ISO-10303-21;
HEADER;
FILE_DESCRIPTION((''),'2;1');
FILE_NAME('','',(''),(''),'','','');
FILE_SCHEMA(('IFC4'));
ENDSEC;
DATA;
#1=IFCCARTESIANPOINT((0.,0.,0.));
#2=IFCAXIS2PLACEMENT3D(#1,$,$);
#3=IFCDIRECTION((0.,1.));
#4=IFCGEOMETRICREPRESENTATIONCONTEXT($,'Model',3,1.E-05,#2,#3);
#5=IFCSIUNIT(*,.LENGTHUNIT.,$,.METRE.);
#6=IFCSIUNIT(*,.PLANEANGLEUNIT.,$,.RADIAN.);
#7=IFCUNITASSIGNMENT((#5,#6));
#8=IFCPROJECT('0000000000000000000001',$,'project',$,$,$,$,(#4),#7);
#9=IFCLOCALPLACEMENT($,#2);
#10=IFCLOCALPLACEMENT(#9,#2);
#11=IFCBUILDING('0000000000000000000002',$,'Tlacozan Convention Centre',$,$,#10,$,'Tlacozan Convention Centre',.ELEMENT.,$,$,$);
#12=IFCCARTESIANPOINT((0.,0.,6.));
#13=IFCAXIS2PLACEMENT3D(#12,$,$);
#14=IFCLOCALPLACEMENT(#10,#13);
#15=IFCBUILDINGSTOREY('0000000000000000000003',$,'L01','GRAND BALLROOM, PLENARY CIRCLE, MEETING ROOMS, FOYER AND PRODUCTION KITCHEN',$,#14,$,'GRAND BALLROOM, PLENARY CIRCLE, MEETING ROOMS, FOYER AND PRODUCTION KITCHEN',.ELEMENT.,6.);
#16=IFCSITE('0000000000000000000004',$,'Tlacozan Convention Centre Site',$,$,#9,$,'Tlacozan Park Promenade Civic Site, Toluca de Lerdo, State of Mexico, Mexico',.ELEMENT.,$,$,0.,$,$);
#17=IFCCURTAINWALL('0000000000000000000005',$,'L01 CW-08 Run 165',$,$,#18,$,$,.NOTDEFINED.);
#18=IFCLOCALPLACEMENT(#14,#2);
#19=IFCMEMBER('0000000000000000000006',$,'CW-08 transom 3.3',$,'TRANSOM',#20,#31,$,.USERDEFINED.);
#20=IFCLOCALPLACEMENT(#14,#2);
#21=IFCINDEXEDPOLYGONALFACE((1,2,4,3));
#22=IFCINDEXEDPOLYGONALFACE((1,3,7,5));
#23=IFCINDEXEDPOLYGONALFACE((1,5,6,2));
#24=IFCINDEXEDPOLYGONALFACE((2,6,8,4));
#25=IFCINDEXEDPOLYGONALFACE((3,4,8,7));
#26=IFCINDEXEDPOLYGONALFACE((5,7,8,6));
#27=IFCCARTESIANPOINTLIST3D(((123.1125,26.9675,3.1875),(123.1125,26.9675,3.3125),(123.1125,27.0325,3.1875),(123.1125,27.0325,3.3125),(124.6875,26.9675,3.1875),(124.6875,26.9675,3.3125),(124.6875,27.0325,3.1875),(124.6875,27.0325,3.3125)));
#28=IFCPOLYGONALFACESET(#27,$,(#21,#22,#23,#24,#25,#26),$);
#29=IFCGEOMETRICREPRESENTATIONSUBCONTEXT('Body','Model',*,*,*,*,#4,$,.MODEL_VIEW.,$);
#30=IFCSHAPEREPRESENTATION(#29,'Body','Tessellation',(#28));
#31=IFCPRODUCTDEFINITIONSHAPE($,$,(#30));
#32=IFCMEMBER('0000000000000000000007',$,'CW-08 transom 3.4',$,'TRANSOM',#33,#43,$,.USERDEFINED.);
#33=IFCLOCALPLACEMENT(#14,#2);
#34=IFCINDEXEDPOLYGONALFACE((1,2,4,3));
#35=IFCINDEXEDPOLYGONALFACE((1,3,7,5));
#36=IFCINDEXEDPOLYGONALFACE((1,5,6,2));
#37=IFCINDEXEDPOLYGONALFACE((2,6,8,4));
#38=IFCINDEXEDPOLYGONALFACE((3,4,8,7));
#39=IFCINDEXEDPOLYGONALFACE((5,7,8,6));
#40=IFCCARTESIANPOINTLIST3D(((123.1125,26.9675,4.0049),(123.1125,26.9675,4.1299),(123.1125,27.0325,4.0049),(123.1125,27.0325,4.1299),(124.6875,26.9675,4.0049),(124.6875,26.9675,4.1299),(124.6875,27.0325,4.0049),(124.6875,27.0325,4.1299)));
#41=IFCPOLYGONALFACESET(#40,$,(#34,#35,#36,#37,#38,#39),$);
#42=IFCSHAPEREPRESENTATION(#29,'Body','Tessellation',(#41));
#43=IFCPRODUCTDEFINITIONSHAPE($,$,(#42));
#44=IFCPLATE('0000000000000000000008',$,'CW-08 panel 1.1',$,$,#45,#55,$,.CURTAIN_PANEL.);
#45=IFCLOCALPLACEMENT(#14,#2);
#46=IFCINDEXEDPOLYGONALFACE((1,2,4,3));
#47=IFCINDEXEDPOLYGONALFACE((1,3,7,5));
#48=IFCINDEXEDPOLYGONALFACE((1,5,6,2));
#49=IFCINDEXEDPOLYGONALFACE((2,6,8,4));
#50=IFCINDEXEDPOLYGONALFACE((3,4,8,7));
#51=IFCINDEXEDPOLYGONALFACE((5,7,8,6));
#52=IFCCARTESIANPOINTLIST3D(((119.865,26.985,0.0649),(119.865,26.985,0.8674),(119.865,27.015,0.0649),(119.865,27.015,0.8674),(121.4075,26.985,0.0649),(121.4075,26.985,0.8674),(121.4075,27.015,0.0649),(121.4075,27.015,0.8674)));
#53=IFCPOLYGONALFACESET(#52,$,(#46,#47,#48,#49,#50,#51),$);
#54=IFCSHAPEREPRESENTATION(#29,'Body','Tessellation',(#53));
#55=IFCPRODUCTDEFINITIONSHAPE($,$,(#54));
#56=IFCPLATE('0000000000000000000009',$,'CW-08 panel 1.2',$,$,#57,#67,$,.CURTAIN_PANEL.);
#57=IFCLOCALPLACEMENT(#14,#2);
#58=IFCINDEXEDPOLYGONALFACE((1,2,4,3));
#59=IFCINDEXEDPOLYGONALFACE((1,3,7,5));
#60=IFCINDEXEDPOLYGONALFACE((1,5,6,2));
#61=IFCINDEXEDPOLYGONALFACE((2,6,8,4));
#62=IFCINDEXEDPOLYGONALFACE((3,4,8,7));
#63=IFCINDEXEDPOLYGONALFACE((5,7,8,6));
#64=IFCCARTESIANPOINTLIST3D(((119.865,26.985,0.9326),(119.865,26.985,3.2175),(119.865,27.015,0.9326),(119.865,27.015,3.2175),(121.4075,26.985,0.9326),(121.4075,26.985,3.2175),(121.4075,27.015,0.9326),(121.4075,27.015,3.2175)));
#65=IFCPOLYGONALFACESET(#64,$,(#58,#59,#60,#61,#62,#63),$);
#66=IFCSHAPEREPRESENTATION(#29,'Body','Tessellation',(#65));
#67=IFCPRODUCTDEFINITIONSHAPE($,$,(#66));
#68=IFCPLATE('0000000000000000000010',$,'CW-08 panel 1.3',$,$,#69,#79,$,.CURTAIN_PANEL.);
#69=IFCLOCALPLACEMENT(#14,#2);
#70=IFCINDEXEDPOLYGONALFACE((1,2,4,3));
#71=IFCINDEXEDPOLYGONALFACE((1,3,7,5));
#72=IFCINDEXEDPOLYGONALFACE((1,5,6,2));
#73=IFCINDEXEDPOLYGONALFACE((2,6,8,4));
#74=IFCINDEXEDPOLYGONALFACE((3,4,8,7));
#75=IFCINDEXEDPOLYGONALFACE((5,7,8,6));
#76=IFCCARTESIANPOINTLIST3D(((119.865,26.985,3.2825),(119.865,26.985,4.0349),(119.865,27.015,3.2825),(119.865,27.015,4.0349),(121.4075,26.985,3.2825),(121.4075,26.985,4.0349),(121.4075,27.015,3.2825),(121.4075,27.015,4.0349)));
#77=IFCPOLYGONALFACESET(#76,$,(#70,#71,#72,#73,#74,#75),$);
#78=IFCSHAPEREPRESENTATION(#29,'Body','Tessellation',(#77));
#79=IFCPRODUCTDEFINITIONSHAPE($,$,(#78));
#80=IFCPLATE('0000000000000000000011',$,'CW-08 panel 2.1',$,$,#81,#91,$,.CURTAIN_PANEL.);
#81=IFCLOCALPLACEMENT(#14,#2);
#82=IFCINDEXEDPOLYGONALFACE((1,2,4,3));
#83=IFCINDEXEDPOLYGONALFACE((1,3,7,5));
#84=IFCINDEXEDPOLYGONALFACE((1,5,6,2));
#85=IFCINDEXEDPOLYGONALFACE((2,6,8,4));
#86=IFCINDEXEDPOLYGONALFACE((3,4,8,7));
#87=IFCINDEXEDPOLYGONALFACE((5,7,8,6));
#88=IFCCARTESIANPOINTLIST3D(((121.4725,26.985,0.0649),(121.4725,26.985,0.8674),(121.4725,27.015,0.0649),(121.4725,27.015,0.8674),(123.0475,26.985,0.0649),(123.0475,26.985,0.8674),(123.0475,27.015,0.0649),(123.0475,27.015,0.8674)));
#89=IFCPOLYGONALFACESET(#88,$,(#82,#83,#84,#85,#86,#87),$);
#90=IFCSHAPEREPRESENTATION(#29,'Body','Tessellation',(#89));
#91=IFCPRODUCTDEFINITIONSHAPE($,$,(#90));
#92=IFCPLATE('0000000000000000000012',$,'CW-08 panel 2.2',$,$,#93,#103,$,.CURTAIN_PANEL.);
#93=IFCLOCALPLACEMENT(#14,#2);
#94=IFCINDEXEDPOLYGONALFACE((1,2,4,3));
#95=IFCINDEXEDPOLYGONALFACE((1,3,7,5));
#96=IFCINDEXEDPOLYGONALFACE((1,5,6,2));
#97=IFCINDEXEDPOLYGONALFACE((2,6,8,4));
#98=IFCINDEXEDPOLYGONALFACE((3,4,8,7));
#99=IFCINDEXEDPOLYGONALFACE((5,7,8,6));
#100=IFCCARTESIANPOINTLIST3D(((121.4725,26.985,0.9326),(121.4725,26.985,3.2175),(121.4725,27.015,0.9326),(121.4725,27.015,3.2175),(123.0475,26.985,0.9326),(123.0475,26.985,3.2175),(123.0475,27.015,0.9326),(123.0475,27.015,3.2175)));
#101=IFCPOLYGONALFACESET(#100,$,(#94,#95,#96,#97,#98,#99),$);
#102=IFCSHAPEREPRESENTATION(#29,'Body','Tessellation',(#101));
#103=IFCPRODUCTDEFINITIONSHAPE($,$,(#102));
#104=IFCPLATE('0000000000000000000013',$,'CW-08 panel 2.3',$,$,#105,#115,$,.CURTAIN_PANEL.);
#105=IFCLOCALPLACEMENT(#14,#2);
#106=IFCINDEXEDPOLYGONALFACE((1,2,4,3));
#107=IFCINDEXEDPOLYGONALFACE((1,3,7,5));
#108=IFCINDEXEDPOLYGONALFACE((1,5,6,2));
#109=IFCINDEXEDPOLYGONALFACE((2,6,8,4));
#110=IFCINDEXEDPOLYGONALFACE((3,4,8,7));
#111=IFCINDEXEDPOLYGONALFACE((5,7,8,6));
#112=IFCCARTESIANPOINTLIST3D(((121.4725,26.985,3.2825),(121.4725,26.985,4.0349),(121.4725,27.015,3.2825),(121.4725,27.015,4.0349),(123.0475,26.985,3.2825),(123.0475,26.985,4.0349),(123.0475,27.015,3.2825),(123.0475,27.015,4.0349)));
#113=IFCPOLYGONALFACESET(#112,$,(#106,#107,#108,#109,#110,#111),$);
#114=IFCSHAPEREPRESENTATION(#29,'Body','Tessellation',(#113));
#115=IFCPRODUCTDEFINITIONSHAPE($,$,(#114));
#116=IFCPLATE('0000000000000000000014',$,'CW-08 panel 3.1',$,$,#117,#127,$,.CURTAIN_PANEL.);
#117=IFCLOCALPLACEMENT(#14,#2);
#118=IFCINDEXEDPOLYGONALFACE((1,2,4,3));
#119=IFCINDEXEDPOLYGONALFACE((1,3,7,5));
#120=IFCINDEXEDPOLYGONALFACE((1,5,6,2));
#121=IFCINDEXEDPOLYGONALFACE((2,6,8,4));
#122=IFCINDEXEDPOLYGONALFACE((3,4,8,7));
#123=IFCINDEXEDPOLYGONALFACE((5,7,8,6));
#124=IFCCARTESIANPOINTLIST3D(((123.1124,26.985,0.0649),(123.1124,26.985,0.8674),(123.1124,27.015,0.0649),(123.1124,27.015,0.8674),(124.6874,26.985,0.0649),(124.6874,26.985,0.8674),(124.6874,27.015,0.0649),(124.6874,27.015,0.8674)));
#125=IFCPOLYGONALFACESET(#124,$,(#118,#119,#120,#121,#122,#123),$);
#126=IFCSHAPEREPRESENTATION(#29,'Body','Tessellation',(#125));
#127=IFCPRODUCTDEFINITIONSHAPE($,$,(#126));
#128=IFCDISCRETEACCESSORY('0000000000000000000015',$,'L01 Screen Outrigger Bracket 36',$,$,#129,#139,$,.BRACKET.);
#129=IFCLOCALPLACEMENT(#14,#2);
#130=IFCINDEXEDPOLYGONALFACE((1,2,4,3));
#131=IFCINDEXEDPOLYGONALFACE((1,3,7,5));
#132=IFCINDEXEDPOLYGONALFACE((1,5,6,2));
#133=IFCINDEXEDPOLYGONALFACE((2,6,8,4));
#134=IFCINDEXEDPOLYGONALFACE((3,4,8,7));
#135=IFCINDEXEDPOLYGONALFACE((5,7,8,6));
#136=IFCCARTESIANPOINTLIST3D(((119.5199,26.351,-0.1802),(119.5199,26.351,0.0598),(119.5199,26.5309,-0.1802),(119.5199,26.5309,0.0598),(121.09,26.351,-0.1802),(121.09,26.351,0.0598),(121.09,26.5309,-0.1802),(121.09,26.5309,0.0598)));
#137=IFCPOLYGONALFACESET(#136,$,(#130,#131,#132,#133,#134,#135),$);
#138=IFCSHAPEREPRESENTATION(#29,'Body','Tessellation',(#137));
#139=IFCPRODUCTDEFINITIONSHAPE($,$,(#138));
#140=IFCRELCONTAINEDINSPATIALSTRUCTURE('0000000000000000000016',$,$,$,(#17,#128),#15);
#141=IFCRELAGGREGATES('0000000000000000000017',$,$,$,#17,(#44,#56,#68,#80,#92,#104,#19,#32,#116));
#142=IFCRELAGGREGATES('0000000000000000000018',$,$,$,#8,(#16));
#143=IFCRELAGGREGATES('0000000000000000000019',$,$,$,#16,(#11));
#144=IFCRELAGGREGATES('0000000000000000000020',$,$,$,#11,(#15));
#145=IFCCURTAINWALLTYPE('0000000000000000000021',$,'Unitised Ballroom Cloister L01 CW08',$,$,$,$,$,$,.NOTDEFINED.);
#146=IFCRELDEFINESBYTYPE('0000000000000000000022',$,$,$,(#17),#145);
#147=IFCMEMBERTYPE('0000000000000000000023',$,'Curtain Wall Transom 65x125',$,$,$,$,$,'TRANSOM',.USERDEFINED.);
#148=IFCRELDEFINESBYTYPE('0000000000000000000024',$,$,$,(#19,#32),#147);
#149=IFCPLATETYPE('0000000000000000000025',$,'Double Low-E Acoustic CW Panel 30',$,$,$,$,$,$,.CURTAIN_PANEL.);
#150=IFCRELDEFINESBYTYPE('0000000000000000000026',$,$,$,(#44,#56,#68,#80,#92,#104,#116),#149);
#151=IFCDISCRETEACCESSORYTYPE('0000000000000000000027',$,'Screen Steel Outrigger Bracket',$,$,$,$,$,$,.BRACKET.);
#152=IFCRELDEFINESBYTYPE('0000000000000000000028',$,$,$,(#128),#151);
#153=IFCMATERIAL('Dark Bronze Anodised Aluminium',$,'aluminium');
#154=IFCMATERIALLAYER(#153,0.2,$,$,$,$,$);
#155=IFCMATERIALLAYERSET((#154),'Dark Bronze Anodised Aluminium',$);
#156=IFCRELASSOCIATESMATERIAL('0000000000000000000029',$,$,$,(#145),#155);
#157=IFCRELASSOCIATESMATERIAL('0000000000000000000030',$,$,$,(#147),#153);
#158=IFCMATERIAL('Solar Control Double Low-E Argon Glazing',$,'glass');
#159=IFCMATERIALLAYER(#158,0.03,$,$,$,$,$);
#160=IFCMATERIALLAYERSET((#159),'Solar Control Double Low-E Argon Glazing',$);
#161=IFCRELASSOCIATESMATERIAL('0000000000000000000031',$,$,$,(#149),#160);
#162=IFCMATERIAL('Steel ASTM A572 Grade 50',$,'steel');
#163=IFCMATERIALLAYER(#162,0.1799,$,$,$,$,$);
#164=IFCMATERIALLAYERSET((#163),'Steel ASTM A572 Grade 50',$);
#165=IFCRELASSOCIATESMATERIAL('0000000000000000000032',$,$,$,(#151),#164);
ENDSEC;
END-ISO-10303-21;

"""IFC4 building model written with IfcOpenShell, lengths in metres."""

from ifc_helpers import new_model, si_unit, direction, frame, origin, origin_2d, place, context, subcontext, project, spatial, rectangle, extrude, material, layer, layer_set, material_profile, profile_set, type_object, element, aggregate, save


model = new_model("IFC4")

# Units and contexts
model_context = context("Model", 3, precision=1e-05, world=origin(), true_north=direction((0.0, 1.0)))
body_context = subcontext(model_context, "Body", "Model", "MODEL_VIEW")
ifc_project = project(units=[si_unit("LENGTHUNIT", "METRE"), si_unit("PLANEANGLEUNIT", "RADIAN")], contexts=[model_context])

# Site, building, storey
site_placement = place(None, origin())
site = spatial("IfcSite", under=ifc_project, at=site_placement, Name="Tlacozan Convention Centre Site", LongName="Tlacozan Park Promenade Civic Site, Toluca de Lerdo, State of Mexico, Mexico", CompositionType="ELEMENT", RefElevation=0.0)
building_placement = place(site_placement, origin())
building = spatial("IfcBuilding", under=site, at=building_placement, Name="Tlacozan Convention Centre", LongName="Tlacozan Convention Centre", CompositionType="ELEMENT")
storey_placement = place(building_placement, frame((0.0, 0.0, 6.0)))
storey = spatial("IfcBuildingStorey", under=building, at=storey_placement, Name="L01", Description="GRAND BALLROOM, PLENARY CIRCLE, MEETING ROOMS, FOYER AND PRODUCTION KITCHEN", LongName="GRAND BALLROOM, PLENARY CIRCLE, MEETING ROOMS, FOYER AND PRODUCTION KITCHEN", CompositionType="ELEMENT", Elevation=6.0)

# Shared definitions
ifc_material_1 = material(Name="Dark Bronze Anodised Aluminium", Category="aluminium")

# Curtain wall, members, plates
ifc_layer_1 = layer(ifc_material_1, 0.2)
ifc_layer_set_1 = layer_set([ifc_layer_1], Name="Dark Bronze Anodised Aluminium")
curtain_wall_type_1 = type_object("IfcCurtainWallType", Name="Unitised Ballroom Cloister L01 CW08", PredefinedType="NOTDEFINED", material=ifc_layer_set_1)
curtain_wall_1_placement = place(storey_placement, origin())
curtain_wall_1 = element("IfcCurtainWall", 1, at=curtain_wall_1_placement, inside=storey, type_object=curtain_wall_type_1, Name="L01 CW-08 Run 165", PredefinedType="NOTDEFINED")
ifc_material_profile_1 = material_profile(ifc_material_1, rectangle(XDim=0.0649, YDim=0.125, at=origin_2d()), Name="ALU 65x125")
ifc_profile_set_1 = profile_set([ifc_material_profile_1], Name="Dark Bronze Anodised Aluminium")
member_type_1 = type_object("IfcMemberType", Name="Curtain Wall Transom 65x125", ElementType="TRANSOM", PredefinedType="USERDEFINED", material=ifc_profile_set_1)
member_1_placement = place(storey_placement, frame((123.1125, 27.0, 3.25), z_axis=(1.0, 0.0, 0.0), x_axis=(0.0, 1.0, 0.0)))
member_1 = element("IfcMember", 2, at=member_1_placement, type_object=member_type_1, Name="CW-08 transom 3.3", ObjectType="TRANSOM", PredefinedType="USERDEFINED", context=body_context, shape_type="SweptSolid", body=[
    extrude(rectangle(XDim=0.0649, YDim=0.125, at=origin_2d()), origin(), (0.0, 0.0, 1.0), 1.575),
])
member_2_placement = place(storey_placement, frame((123.1125, 27.0, 4.0674), z_axis=(1.0, 0.0, 0.0), x_axis=(0.0, 1.0, 0.0)))
member_2 = element("IfcMember", 3, at=member_2_placement, type_object=member_type_1, Name="CW-08 transom 3.4", ObjectType="TRANSOM", PredefinedType="USERDEFINED", context=body_context, shape_type="SweptSolid", body=[
    extrude(rectangle(XDim=0.0649, YDim=0.125, at=origin_2d()), origin(), (0.0, 0.0, 1.0), 1.575),
])
ifc_material_2 = material(Name="Solar Control Double Low-E Argon Glazing", Category="glass")
ifc_layer_2 = layer(ifc_material_2, 0.03)
ifc_layer_set_2 = layer_set([ifc_layer_2], Name="Solar Control Double Low-E Argon Glazing")
plate_type = type_object("IfcPlateType", Name="Double Low-E Acoustic CW Panel 30", PredefinedType="CURTAIN_PANEL", material=ifc_layer_set_2)
plate_1_placement = place(storey_placement, frame((120.6362, 27.0, 0.0649), z_axis=(0.0, 0.0, 1.0), x_axis=(1.0, 0.0, 0.0)))
plate_1 = element("IfcPlate", 4, at=plate_1_placement, type_object=plate_type, Name="CW-08 panel 1.1", PredefinedType="CURTAIN_PANEL", context=body_context, shape_type="SweptSolid", body=[
    extrude(rectangle(XDim=1.5425, YDim=0.03, at=origin_2d()), origin(), (0.0, 0.0, 1.0), 0.8025),
])
plate_2_placement = place(storey_placement, frame((120.6362, 27.0, 0.9326), z_axis=(0.0, 0.0, 1.0), x_axis=(1.0, 0.0, 0.0)))
plate_2 = element("IfcPlate", 5, at=plate_2_placement, type_object=plate_type, Name="CW-08 panel 1.2", PredefinedType="CURTAIN_PANEL", context=body_context, shape_type="SweptSolid", body=[
    extrude(rectangle(XDim=1.5425, YDim=0.03, at=origin_2d()), origin(), (0.0, 0.0, 1.0), 2.2849),
])
plate_3_placement = place(storey_placement, frame((120.6362, 27.0, 3.2825), z_axis=(0.0, 0.0, 1.0), x_axis=(1.0, 0.0, 0.0)))
plate_3 = element("IfcPlate", 6, at=plate_3_placement, type_object=plate_type, Name="CW-08 panel 1.3", PredefinedType="CURTAIN_PANEL", context=body_context, shape_type="SweptSolid", body=[
    extrude(rectangle(XDim=1.5425, YDim=0.03, at=origin_2d()), origin(), (0.0, 0.0, 1.0), 0.7524),
])
plate_4_placement = place(storey_placement, frame((122.26, 27.0, 0.0649), z_axis=(0.0, 0.0, 1.0), x_axis=(1.0, 0.0, 0.0)))
plate_4 = element("IfcPlate", 7, at=plate_4_placement, type_object=plate_type, Name="CW-08 panel 2.1", PredefinedType="CURTAIN_PANEL", context=body_context, shape_type="SweptSolid", body=[
    extrude(rectangle(XDim=1.575, YDim=0.03, at=origin_2d()), origin(), (0.0, 0.0, 1.0), 0.8025),
])
plate_5_placement = place(storey_placement, frame((122.26, 27.0, 0.9326), z_axis=(0.0, 0.0, 1.0), x_axis=(1.0, 0.0, 0.0)))
plate_5 = element("IfcPlate", 8, at=plate_5_placement, type_object=plate_type, Name="CW-08 panel 2.2", PredefinedType="CURTAIN_PANEL", context=body_context, shape_type="SweptSolid", body=[
    extrude(rectangle(XDim=1.575, YDim=0.03, at=origin_2d()), origin(), (0.0, 0.0, 1.0), 2.2849),
])
plate_6_placement = place(storey_placement, frame((122.26, 27.0, 3.2825), z_axis=(0.0, 0.0, 1.0), x_axis=(1.0, 0.0, 0.0)))
plate_6 = element("IfcPlate", 9, at=plate_6_placement, type_object=plate_type, Name="CW-08 panel 2.3", PredefinedType="CURTAIN_PANEL", context=body_context, shape_type="SweptSolid", body=[
    extrude(rectangle(XDim=1.575, YDim=0.03, at=origin_2d()), origin(), (0.0, 0.0, 1.0), 0.7524),
])
plate_7_placement = place(storey_placement, frame((123.8999, 27.0, 0.0649), z_axis=(0.0, 0.0, 1.0), x_axis=(1.0, 0.0, 0.0)))
plate_7 = element("IfcPlate", 10, at=plate_7_placement, type_object=plate_type, Name="CW-08 panel 3.1", PredefinedType="CURTAIN_PANEL", context=body_context, shape_type="SweptSolid", body=[
    extrude(rectangle(XDim=1.575, YDim=0.03, at=origin_2d()), origin(), (0.0, 0.0, 1.0), 0.8025),
])
aggregate(curtain_wall_1, [plate_1, plate_2, plate_3, plate_4, plate_5, plate_6, member_1, member_2, plate_7])

# Discrete accessory
ifc_material_3 = material(Name="Steel ASTM A572 Grade 50", Category="steel")
ifc_layer_3 = layer(ifc_material_3, 0.1799)
ifc_layer_set_3 = layer_set([ifc_layer_3], Name="Steel ASTM A572 Grade 50")
discrete_accessory_type = type_object("IfcDiscreteAccessoryType", Name="Screen Steel Outrigger Bracket", PredefinedType="BRACKET", material=ifc_layer_set_3)
discrete_accessory_placement = place(storey_placement, frame((120.3049, 26.4409, -0.1802), z_axis=(0.0, 0.0, 1.0), x_axis=(-1.0, 0.0, 0.0)))
element("IfcDiscreteAccessory", 11, at=discrete_accessory_placement, inside=storey, type_object=discrete_accessory_type, Name="L01 Screen Outrigger Bracket 36", PredefinedType="BRACKET", context=body_context, shape_type="SweptSolid", body=[
    extrude(rectangle(XDim=1.5701, YDim=0.1799, at=origin_2d()), origin(), (0.0, 0.0, 1.0), 0.24),
])

save(model, "model.ifc")
